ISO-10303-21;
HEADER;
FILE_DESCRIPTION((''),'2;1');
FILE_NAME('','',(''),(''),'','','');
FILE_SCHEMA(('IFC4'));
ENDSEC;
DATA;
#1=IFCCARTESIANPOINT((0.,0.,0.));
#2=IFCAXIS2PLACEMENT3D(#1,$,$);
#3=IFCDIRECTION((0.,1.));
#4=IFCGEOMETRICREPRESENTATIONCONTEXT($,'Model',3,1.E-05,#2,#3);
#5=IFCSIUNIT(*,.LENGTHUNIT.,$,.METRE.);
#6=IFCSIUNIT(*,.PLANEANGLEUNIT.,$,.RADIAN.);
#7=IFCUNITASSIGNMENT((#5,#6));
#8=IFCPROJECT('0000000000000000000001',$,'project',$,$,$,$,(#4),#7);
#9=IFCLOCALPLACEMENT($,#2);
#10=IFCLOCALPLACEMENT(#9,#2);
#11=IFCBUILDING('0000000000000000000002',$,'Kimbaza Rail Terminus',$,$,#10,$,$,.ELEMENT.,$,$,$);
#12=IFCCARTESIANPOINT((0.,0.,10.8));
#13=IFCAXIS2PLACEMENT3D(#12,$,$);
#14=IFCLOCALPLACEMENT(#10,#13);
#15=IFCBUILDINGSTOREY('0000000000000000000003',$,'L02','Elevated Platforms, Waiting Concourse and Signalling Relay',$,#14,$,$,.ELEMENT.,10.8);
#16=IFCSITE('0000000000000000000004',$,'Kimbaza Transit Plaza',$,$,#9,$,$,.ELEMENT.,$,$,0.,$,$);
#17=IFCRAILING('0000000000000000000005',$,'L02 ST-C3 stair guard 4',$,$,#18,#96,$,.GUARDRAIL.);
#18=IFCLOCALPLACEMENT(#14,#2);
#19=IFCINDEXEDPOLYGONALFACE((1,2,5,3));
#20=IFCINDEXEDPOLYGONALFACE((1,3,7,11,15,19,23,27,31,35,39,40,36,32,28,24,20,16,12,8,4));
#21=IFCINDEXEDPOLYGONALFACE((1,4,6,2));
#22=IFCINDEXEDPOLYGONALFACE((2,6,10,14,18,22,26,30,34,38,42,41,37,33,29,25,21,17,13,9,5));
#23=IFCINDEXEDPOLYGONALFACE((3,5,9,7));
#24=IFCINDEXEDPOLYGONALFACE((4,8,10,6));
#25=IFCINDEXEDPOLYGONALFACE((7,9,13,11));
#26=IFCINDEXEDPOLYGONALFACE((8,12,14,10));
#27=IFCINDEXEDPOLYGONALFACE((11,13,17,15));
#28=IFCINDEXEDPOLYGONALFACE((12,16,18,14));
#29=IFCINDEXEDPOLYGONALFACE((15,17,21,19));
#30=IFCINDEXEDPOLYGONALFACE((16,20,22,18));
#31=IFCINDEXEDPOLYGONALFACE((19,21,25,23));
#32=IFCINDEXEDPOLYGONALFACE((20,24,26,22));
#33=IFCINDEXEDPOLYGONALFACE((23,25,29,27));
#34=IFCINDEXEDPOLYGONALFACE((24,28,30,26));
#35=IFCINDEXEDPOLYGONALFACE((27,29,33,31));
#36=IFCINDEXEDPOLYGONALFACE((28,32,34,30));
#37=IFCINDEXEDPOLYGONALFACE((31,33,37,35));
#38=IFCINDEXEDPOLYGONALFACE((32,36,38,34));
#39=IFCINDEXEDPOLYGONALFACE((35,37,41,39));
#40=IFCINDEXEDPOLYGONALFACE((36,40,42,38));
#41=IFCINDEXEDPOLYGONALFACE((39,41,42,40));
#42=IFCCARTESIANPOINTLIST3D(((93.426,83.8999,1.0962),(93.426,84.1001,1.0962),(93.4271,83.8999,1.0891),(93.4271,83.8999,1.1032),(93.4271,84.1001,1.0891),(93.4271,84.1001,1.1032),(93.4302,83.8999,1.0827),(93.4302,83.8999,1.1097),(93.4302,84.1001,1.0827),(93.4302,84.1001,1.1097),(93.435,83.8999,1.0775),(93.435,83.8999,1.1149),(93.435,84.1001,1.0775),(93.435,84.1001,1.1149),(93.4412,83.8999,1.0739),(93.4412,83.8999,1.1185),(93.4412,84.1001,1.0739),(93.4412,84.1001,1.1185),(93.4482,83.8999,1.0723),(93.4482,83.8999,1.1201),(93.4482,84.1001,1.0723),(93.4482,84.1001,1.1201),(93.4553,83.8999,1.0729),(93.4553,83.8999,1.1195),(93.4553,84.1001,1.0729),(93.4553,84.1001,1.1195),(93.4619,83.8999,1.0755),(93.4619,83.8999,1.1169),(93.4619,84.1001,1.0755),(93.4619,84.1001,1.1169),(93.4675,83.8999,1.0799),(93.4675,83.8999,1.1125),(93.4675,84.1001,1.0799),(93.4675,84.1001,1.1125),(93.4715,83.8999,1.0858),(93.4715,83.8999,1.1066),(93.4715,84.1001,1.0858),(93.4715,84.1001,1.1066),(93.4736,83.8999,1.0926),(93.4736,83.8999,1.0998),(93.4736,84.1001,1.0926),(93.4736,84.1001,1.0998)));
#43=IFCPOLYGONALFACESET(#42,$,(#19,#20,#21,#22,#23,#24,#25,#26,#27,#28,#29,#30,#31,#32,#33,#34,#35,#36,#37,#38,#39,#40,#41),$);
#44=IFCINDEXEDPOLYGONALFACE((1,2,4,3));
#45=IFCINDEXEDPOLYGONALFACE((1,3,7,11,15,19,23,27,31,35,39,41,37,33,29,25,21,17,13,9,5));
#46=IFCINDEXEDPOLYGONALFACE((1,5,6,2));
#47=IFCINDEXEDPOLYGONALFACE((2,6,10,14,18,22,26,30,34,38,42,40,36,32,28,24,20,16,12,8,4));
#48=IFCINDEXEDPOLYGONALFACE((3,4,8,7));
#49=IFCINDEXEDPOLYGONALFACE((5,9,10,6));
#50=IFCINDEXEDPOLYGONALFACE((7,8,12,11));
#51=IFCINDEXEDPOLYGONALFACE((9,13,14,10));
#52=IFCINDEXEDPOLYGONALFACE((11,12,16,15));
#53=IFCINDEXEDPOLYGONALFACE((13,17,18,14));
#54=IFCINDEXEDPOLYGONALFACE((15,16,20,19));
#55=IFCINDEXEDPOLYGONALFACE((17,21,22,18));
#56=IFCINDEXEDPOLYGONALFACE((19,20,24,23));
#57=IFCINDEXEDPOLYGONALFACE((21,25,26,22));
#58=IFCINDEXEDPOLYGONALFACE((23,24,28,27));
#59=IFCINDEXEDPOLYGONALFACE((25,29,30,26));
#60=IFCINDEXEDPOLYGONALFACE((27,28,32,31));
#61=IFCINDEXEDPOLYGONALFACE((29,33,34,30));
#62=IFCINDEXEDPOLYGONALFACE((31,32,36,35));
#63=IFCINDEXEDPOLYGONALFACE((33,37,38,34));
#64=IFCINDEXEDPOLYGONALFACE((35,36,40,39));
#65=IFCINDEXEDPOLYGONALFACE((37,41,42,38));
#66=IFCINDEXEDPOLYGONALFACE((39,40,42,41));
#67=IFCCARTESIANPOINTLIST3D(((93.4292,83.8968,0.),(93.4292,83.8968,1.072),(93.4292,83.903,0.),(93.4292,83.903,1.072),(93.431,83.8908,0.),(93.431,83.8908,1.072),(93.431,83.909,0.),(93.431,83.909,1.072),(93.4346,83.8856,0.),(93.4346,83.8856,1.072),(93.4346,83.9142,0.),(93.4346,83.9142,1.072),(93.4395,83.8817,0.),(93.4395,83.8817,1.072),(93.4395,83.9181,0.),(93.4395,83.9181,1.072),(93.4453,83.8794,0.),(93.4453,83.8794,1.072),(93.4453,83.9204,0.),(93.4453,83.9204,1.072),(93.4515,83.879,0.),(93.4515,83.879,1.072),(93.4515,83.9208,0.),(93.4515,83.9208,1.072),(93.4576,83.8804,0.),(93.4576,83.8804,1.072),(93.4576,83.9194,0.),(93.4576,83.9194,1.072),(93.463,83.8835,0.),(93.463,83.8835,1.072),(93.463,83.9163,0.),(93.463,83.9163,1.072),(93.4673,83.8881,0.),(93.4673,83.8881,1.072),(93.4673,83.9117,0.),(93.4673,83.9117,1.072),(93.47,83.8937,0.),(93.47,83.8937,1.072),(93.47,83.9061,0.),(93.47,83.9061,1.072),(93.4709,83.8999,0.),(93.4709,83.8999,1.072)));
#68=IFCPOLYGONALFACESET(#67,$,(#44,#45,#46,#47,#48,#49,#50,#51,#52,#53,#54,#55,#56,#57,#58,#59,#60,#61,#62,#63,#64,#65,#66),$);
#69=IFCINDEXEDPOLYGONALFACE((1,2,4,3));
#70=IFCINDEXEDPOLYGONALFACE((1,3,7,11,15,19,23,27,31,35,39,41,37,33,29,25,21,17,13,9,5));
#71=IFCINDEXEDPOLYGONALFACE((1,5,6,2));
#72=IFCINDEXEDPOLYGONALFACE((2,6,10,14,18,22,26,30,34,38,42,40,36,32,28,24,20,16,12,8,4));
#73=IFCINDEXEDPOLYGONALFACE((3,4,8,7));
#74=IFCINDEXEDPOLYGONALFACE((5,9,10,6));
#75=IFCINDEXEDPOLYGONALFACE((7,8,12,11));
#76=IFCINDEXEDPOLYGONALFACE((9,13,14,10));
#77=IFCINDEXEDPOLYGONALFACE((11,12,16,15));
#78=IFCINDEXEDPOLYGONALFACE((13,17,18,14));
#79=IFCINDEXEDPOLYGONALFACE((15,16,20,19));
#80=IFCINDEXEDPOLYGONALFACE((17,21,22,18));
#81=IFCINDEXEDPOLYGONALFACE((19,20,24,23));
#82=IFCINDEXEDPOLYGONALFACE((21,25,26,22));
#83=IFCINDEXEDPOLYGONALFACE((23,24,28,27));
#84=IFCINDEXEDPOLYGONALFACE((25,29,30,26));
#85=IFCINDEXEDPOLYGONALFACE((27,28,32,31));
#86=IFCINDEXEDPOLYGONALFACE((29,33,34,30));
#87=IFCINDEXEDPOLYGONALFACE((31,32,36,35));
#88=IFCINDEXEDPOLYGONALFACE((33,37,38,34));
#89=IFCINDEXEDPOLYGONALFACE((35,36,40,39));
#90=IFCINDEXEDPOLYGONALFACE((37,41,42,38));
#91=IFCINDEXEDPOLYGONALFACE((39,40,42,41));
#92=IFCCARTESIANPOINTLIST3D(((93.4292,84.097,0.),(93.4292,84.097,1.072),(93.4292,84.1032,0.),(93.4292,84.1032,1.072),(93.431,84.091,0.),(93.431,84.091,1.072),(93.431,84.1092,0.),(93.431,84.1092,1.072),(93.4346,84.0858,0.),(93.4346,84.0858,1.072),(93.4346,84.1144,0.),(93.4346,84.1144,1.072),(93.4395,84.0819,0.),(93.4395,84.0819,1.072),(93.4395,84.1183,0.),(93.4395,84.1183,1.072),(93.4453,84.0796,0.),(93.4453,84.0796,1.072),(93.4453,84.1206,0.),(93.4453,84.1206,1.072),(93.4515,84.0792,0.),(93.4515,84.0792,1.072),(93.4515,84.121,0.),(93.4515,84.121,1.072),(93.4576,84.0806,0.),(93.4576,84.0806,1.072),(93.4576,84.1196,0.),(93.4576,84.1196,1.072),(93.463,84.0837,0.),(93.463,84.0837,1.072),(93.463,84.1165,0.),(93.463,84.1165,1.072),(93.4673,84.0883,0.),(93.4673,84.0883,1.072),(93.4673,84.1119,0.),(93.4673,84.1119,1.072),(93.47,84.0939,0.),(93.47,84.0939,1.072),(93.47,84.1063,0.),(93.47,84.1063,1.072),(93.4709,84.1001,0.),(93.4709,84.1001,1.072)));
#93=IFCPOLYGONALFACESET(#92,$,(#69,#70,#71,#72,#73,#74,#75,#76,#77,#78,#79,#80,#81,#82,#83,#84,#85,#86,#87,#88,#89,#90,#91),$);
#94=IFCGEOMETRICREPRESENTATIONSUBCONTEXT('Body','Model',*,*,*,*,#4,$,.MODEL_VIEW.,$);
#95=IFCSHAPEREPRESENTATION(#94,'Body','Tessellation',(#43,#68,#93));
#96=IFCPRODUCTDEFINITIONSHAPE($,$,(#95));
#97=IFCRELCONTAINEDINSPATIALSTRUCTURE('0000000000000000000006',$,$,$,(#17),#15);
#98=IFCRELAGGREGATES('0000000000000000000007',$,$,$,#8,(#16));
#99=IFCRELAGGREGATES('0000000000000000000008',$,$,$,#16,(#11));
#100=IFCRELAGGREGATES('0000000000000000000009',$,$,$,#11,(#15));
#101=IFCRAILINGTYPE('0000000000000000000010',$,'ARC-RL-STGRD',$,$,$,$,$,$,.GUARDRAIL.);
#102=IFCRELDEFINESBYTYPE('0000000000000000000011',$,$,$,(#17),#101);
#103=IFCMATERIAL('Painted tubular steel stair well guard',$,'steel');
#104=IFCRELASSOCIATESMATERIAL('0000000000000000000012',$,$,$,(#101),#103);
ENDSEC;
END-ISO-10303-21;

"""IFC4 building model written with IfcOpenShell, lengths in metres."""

from ifc_helpers import new_model, si_unit, direction, frame, origin, origin_2d, place, context, subcontext, project, spatial, circle, extrude, material, type_object, element, save


model = new_model("IFC4")

# Units and contexts
model_context = context("Model", 3, precision=1e-05, world=origin(), true_north=direction((0.0, 1.0)))
body_context = subcontext(model_context, "Body", "Model", "MODEL_VIEW")
ifc_project = project(units=[si_unit("LENGTHUNIT", "METRE"), si_unit("PLANEANGLEUNIT", "RADIAN")], contexts=[model_context])

# Site, building, storey
site_placement = place(None, origin())
site = spatial("IfcSite", under=ifc_project, at=site_placement, Name="Kimbaza Transit Plaza", CompositionType="ELEMENT", RefElevation=0.0)
building_placement = place(site_placement, origin())
building = spatial("IfcBuilding", under=site, at=building_placement, Name="Kimbaza Rail Terminus", CompositionType="ELEMENT")
storey_placement = place(building_placement, frame((0.0, 0.0, 10.8)))
storey = spatial("IfcBuildingStorey", under=building, at=storey_placement, Name="L02", Description="Elevated Platforms, Waiting Concourse and Signalling Relay", CompositionType="ELEMENT", Elevation=10.8)

# Railing
ifc_material_1 = material(Name="Painted tubular steel stair well guard", Category="steel")
railing_type_1 = type_object("IfcRailingType", Name="ARC-RL-STGRD", PredefinedType="GUARDRAIL", material=ifc_material_1)
railing_1_placement = place(storey_placement, frame((93.45, 83.8999, 0.0)))
element("IfcRailing", 1, at=railing_1_placement, inside=storey, type_object=railing_type_1, Name="L02 ST-C3 stair guard 4", PredefinedType="GUARDRAIL", context=body_context, shape_type="SweptSolid", body=[
    extrude(circle(Radius=0.0239, at=origin_2d()), frame((0.0, 0.0, 1.0962), z_axis=(0.0, 1.0, 0.0), x_axis=(-1.0, 0.0, 0.0)), (0.0, 0.0, 1.0), 0.2002),
    extrude(circle(Radius=0.021, at=origin_2d()), origin(), (0.0, 0.0, 1.0), 1.072),
    extrude(circle(Radius=0.021, at=origin_2d()), frame((0.0, 0.2002, 0.0)), (0.0, 0.0, 1.0), 1.072),
])

save(model, "model.ifc")
